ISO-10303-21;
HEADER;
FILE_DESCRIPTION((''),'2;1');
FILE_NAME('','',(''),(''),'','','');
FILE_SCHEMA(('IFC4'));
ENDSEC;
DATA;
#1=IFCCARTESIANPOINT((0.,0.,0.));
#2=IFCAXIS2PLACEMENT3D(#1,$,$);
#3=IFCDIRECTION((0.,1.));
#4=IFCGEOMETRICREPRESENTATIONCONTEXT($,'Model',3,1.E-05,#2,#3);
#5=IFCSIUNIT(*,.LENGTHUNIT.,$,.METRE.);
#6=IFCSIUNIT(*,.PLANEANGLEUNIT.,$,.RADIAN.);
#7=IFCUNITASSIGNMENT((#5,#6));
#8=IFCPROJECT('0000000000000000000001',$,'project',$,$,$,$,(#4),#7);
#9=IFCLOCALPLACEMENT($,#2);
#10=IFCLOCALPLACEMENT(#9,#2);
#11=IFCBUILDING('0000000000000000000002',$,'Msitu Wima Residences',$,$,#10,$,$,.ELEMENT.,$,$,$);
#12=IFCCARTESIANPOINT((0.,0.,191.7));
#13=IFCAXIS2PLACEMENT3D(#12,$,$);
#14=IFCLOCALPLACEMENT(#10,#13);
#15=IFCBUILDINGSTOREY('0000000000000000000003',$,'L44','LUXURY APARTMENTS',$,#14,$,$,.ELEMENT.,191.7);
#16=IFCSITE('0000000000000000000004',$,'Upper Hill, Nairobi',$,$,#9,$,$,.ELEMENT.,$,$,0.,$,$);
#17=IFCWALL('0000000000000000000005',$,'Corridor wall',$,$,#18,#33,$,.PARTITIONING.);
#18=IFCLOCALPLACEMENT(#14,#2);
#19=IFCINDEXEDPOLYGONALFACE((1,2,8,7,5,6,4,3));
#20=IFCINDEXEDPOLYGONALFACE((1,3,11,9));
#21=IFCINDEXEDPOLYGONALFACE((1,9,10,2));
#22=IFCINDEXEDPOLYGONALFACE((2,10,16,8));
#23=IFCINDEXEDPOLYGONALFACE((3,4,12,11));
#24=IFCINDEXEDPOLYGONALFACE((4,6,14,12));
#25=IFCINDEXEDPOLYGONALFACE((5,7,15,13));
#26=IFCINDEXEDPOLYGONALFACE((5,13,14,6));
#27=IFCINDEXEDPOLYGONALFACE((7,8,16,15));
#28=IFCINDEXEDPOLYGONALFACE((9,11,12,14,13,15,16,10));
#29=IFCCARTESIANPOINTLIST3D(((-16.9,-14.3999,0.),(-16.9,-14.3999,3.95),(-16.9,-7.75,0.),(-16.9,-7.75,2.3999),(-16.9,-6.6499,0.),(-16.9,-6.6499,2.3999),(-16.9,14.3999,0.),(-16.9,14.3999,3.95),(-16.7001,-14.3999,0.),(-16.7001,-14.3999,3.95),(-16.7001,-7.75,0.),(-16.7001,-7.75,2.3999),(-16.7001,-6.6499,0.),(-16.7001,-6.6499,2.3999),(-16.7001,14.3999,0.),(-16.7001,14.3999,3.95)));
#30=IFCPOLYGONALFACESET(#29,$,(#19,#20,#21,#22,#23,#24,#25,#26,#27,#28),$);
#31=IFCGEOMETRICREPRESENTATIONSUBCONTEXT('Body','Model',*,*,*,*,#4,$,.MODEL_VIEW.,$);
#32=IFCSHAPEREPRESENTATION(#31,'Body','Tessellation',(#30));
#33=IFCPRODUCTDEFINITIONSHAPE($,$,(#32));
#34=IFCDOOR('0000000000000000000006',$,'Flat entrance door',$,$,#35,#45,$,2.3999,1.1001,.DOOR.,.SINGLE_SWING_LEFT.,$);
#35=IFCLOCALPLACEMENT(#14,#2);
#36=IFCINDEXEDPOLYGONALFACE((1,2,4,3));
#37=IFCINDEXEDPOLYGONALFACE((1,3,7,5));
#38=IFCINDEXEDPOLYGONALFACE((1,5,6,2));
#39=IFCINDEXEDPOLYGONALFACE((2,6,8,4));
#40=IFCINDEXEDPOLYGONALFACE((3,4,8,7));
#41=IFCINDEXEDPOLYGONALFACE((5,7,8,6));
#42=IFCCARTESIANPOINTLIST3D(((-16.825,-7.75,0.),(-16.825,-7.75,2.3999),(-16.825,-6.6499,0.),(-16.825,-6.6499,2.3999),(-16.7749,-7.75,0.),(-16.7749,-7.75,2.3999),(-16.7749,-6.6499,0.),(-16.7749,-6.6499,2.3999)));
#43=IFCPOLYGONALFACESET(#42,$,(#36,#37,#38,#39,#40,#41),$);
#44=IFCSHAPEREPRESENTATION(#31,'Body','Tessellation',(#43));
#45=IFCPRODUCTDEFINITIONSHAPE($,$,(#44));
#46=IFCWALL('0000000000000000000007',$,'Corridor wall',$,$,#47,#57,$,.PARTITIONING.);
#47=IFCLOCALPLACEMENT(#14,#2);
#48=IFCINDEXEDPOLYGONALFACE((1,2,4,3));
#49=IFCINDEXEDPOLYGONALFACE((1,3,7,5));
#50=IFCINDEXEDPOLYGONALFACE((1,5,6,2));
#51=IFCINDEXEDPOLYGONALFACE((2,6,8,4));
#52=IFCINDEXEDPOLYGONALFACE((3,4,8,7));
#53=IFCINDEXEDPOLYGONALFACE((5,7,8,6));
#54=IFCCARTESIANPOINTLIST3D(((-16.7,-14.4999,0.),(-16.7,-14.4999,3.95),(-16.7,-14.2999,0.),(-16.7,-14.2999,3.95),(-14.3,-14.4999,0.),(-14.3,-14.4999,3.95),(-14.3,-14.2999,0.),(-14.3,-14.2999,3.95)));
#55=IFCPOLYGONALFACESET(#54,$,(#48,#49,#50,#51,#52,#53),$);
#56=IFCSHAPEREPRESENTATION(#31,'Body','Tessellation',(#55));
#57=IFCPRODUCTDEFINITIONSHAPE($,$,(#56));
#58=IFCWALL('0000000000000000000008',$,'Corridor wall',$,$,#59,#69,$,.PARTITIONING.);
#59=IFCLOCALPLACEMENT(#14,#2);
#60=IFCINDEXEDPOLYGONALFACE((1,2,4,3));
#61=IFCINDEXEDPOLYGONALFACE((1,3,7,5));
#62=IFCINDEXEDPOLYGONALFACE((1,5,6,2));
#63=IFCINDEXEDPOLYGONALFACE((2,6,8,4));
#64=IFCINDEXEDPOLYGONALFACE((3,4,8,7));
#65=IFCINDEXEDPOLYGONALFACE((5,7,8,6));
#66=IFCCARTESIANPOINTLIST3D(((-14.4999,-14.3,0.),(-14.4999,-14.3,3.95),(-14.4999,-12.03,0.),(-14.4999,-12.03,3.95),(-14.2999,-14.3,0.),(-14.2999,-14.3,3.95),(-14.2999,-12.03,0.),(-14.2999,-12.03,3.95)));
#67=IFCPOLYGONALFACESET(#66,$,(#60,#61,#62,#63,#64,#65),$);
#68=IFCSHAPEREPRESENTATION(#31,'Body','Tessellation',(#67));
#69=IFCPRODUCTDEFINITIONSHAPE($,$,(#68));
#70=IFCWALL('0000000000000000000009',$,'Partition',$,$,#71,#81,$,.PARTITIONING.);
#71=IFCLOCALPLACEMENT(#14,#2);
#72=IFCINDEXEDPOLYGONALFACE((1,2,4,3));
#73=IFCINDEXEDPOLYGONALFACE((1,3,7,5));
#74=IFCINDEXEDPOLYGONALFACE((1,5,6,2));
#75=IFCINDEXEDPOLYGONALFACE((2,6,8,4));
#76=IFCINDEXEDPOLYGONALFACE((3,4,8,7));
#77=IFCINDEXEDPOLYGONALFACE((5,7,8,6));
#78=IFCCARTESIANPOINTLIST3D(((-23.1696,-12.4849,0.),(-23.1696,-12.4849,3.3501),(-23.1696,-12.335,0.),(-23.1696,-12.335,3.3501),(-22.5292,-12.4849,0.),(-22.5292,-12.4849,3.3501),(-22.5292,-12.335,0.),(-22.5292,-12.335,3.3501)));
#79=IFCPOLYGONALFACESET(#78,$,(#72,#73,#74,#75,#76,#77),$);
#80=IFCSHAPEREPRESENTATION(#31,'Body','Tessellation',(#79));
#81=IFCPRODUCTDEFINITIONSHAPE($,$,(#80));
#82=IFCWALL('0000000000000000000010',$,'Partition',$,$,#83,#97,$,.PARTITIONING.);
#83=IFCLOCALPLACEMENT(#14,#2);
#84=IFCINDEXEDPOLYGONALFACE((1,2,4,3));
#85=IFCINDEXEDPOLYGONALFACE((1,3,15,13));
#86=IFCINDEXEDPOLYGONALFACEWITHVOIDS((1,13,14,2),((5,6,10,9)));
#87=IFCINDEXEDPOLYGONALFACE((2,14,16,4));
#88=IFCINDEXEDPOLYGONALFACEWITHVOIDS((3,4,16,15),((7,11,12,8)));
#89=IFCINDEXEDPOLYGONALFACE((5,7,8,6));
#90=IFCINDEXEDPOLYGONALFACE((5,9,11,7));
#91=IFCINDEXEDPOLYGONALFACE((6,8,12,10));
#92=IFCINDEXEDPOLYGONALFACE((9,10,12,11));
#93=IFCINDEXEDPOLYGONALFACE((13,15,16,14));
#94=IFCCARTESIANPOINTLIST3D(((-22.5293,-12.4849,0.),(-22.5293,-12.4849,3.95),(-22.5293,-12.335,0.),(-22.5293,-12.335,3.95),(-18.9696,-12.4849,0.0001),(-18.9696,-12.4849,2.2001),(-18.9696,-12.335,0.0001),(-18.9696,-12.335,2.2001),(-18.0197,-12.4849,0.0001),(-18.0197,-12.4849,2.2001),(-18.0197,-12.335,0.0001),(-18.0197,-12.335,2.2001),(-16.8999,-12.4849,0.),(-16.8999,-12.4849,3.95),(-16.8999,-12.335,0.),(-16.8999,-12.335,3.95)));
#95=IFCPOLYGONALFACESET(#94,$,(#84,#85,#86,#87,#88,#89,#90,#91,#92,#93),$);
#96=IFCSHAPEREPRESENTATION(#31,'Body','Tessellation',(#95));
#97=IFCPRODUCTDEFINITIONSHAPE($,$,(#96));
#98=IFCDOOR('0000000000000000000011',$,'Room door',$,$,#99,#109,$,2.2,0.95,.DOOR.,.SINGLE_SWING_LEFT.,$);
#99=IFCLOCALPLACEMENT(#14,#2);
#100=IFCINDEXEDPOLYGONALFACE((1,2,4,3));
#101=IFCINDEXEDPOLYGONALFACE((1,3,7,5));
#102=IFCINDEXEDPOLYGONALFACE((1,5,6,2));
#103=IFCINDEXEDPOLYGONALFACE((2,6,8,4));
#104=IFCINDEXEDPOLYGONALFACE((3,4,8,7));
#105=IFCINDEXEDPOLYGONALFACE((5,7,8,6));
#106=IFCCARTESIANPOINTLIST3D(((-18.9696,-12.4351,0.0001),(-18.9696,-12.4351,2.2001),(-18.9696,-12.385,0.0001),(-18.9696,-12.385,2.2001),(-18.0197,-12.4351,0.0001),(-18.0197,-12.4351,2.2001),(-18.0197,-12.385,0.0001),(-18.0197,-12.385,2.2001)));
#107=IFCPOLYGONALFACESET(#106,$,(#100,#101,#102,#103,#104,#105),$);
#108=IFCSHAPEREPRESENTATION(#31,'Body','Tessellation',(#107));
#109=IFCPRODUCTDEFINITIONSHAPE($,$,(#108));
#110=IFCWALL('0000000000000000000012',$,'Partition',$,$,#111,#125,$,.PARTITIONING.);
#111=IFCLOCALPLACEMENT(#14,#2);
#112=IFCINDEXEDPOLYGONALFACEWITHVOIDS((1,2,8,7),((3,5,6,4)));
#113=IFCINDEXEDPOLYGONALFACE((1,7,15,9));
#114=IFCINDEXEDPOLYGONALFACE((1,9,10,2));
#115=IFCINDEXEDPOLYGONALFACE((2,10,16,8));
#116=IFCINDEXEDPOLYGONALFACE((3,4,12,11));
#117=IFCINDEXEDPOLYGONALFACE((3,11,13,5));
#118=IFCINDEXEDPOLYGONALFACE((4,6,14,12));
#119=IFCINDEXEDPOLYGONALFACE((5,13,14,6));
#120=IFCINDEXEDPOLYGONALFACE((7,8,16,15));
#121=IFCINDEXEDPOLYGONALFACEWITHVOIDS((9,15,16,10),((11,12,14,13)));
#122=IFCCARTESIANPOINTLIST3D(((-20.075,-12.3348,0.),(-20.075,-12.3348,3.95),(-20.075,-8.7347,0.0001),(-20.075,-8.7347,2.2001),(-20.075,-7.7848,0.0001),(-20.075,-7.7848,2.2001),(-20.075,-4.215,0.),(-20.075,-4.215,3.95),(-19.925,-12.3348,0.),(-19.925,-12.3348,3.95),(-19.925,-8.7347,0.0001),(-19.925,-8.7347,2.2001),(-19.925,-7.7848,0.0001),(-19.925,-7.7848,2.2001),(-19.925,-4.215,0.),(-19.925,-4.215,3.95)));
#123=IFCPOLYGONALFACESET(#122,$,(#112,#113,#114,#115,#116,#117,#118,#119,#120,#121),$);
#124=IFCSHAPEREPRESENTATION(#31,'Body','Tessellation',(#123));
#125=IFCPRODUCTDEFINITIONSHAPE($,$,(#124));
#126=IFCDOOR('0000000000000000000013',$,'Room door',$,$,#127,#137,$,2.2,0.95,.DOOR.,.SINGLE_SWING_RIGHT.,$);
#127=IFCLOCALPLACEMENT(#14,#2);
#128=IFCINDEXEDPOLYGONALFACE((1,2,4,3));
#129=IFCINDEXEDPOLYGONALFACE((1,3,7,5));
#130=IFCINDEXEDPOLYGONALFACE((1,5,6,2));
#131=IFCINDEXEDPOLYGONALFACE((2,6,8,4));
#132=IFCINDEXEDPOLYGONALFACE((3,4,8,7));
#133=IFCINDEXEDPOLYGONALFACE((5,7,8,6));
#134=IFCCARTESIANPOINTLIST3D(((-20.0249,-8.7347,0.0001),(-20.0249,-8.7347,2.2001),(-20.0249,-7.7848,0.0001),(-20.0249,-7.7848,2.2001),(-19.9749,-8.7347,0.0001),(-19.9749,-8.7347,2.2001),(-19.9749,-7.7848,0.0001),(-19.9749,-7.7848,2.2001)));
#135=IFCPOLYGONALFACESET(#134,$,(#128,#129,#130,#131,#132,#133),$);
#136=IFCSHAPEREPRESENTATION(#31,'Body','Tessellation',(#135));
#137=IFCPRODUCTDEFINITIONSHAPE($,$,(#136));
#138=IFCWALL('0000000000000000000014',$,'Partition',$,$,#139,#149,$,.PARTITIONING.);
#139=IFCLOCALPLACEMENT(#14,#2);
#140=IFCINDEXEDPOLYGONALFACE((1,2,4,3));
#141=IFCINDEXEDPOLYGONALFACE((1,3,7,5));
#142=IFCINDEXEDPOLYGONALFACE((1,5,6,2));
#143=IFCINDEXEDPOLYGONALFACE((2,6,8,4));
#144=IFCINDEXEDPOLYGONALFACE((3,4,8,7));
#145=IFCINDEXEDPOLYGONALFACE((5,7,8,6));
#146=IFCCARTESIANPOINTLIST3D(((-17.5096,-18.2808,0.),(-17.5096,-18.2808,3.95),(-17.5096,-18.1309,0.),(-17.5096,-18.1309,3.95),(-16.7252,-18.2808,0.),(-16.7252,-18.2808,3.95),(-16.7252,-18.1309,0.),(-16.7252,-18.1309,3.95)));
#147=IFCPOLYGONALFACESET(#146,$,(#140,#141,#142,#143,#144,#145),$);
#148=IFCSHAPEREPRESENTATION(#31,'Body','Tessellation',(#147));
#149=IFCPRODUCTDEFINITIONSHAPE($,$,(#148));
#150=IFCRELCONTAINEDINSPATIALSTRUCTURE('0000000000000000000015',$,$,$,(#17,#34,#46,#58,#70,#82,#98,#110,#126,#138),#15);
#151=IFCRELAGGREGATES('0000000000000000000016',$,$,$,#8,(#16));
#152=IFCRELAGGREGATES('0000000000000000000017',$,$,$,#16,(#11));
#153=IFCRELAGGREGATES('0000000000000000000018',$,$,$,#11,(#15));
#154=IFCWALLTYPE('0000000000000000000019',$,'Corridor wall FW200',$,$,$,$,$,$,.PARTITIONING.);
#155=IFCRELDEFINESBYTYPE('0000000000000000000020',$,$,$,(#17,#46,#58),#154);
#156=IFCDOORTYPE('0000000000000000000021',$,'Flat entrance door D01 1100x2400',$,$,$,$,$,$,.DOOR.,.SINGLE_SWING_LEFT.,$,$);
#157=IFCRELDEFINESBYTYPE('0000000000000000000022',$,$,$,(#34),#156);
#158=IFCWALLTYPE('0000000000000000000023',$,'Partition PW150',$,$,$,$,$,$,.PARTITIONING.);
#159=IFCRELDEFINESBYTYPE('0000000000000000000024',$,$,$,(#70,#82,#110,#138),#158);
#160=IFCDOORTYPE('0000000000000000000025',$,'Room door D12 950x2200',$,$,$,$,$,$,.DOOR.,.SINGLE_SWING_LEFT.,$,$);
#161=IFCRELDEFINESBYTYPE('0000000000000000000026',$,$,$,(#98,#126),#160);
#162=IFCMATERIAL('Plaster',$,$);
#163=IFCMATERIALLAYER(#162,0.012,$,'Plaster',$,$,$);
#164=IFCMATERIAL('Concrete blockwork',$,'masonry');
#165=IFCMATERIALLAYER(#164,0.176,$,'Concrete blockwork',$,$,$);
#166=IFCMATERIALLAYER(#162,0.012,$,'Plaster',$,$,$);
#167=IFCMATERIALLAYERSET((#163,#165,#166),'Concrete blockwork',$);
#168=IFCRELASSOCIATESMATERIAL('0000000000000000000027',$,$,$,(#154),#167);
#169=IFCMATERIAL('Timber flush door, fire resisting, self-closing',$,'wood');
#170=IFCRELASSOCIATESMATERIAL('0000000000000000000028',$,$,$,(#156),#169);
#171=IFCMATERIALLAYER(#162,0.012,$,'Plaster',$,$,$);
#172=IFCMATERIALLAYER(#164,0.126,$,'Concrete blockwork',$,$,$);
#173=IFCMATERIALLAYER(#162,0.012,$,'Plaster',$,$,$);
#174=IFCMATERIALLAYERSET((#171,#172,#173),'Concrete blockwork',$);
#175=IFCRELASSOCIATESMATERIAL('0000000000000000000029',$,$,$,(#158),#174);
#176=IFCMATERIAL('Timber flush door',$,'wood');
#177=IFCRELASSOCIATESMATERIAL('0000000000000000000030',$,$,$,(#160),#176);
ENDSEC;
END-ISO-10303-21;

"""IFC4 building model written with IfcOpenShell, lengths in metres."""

from ifc_helpers import new_model, si_unit, direction, frame, frame_2d, origin, place, context, subcontext, project, spatial, rectangle, extrude, material, layer, layer_set, type_object, element, fill, save


model = new_model("IFC4")

# Units and contexts
model_context = context("Model", 3, precision=1e-05, world=origin(), true_north=direction((0.0, 1.0)))
body_context = subcontext(model_context, "Body", "Model", "MODEL_VIEW")
ifc_project = project(units=[si_unit("LENGTHUNIT", "METRE"), si_unit("PLANEANGLEUNIT", "RADIAN")], contexts=[model_context])

# Site, building, storey
site_placement = place(None, origin())
site = spatial("IfcSite", under=ifc_project, at=site_placement, Name="Upper Hill, Nairobi", CompositionType="ELEMENT", RefElevation=0.0)
building_placement = place(site_placement, origin())
building = spatial("IfcBuilding", under=site, at=building_placement, Name="Msitu Wima Residences", CompositionType="ELEMENT")
storey_placement = place(building_placement, frame((0.0, 0.0, 191.7)))
storey = spatial("IfcBuildingStorey", under=building, at=storey_placement, Name="L44", Description="LUXURY APARTMENTS", CompositionType="ELEMENT", Elevation=191.7)

# Wall, opening, door
ifc_material_1 = material(Name="Plaster")
ifc_layer_1 = layer(ifc_material_1, 0.012, Name="Plaster")
ifc_material_2 = material(Name="Concrete blockwork", Category="masonry")
ifc_layer_2 = layer(ifc_material_2, 0.176, Name="Concrete blockwork")
ifc_layer_3 = layer(ifc_material_1, 0.012, Name="Plaster")
ifc_layer_set_1 = layer_set([ifc_layer_1, ifc_layer_2, ifc_layer_3], Name="Concrete blockwork")
wall_type_1 = type_object("IfcWallType", Name="Corridor wall FW200", PredefinedType="PARTITIONING", material=ifc_layer_set_1)
wall_1_placement = place(storey_placement, frame((-16.8, -14.3999, 0.0), z_axis=(0.0, 0.0, 1.0), x_axis=(0.0, 1.0, 0.0)))
wall_1 = element("IfcWall", 1, at=wall_1_placement, inside=storey, type_object=wall_type_1, Name="Corridor wall", PredefinedType="PARTITIONING", context=body_context, shape_type="SweptSolid", body=[
    extrude(rectangle(XDim=28.7998, YDim=0.2, at=frame_2d((14.3999, 0.0))), origin(), (0.0, 0.0, 1.0), 3.95),
])
opening_1_placement = place(wall_1_placement, frame((6.6499, 0.0, 0.0)))
opening_1 = element("IfcOpeningElement", 2, at=opening_1_placement, cuts=wall_1, PredefinedType="OPENING", context=body_context, shape_type="SweptSolid", body=[
    extrude(rectangle(XDim=1.1001, YDim=2.3999, at=frame_2d((0.55, 1.2))), frame((0.0, 0.1099, 0.0), z_axis=(0.0, -1.0, 0.0), x_axis=(1.0, 0.0, 0.0)), (0.0, 0.0, 1.0), 0.22),
])
ifc_material_3 = material(Name="Timber flush door, fire resisting, self-closing", Category="wood")
door_type_1 = type_object("IfcDoorType", Name="Flat entrance door D01 1100x2400", OperationType="SINGLE_SWING_LEFT", PredefinedType="DOOR", material=ifc_material_3)
door_1_placement = place(opening_1_placement, origin())
door_1 = element("IfcDoor", 3, at=door_1_placement, inside=storey, type_object=door_type_1, Name="Flat entrance door", OperationType="SINGLE_SWING_LEFT", OverallHeight=2.3999, OverallWidth=1.1001, PredefinedType="DOOR", context=body_context, shape_type="SweptSolid", body=[
    extrude(rectangle(XDim=1.1001, YDim=2.3999, at=frame_2d((0.55, 1.2))), frame((0.0, 0.0249, 0.0), z_axis=(0.0, -1.0, 0.0), x_axis=(1.0, 0.0, 0.0)), (0.0, 0.0, 1.0), 0.05),
])
fill(opening_1, door_1)

# Walls
wall_2_placement = place(storey_placement, frame((-16.7, -14.3999, 0.0), z_axis=(0.0, 0.0, 1.0), x_axis=(1.0, 0.0, 0.0)))
element("IfcWall", 4, at=wall_2_placement, inside=storey, type_object=wall_type_1, Name="Corridor wall", PredefinedType="PARTITIONING", context=body_context, shape_type="SweptSolid", body=[
    extrude(rectangle(XDim=2.3999, YDim=0.2, at=frame_2d((1.2, 0.0))), origin(), (0.0, 0.0, 1.0), 3.95),
])
wall_3_placement = place(storey_placement, frame((-14.3999, -14.3, 0.0), z_axis=(0.0, 0.0, 1.0), x_axis=(0.0, 1.0, 0.0)))
element("IfcWall", 5, at=wall_3_placement, inside=storey, type_object=wall_type_1, Name="Corridor wall", PredefinedType="PARTITIONING", context=body_context, shape_type="SweptSolid", body=[
    extrude(rectangle(XDim=2.27, YDim=0.2, at=frame_2d((1.135, 0.0))), origin(), (0.0, 0.0, 1.0), 3.95),
])
ifc_layer_4 = layer(ifc_material_1, 0.012, Name="Plaster")
ifc_layer_5 = layer(ifc_material_2, 0.126, Name="Concrete blockwork")
ifc_layer_6 = layer(ifc_material_1, 0.012, Name="Plaster")
ifc_layer_set_2 = layer_set([ifc_layer_4, ifc_layer_5, ifc_layer_6], Name="Concrete blockwork")
wall_type_2 = type_object("IfcWallType", Name="Partition PW150", PredefinedType="PARTITIONING", material=ifc_layer_set_2)
wall_4_placement = place(storey_placement, frame((-23.1697, -12.4099, 0.0), z_axis=(0.0, 0.0, 1.0), x_axis=(1.0, 0.0, 0.0)))
element("IfcWall", 6, at=wall_4_placement, inside=storey, type_object=wall_type_2, Name="Partition", PredefinedType="PARTITIONING", context=body_context, shape_type="SweptSolid", body=[
    extrude(rectangle(XDim=0.6404, YDim=0.1499, at=frame_2d((0.3203, 0.0))), origin(), (0.0, 0.0, 1.0), 3.3501),
])

# Walls, openings, doors
wall_5_placement = place(storey_placement, frame((-22.5293, -12.4099, 0.0), z_axis=(0.0, 0.0, 1.0), x_axis=(1.0, 0.0, 0.0)))
wall_5 = element("IfcWall", 7, at=wall_5_placement, inside=storey, type_object=wall_type_2, Name="Partition", PredefinedType="PARTITIONING", context=body_context, shape_type="SweptSolid", body=[
    extrude(rectangle(XDim=5.6294, YDim=0.1499, at=frame_2d((2.8147, 0.0))), origin(), (0.0, 0.0, 1.0), 3.95),
])
opening_2_placement = place(wall_5_placement, frame((3.5596, 0.0, 0.0)))
opening_2 = element("IfcOpeningElement", 8, at=opening_2_placement, cuts=wall_5, PredefinedType="OPENING", context=body_context, shape_type="SweptSolid", body=[
    extrude(rectangle(XDim=0.95, YDim=2.2, at=frame_2d((0.4751, 1.1001))), frame((0.0, 0.085, 0.0), z_axis=(0.0, -1.0, 0.0), x_axis=(1.0, 0.0, 0.0)), (0.0, 0.0, 1.0), 0.1699),
])
ifc_material_4 = material(Name="Timber flush door", Category="wood")
door_type_2 = type_object("IfcDoorType", Name="Room door D12 950x2200", OperationType="SINGLE_SWING_LEFT", PredefinedType="DOOR", material=ifc_material_4)
door_2_placement = place(opening_2_placement, origin())
door_2 = element("IfcDoor", 9, at=door_2_placement, inside=storey, type_object=door_type_2, Name="Room door", OperationType="SINGLE_SWING_LEFT", OverallHeight=2.2, OverallWidth=0.95, PredefinedType="DOOR", context=body_context, shape_type="SweptSolid", body=[
    extrude(rectangle(XDim=0.95, YDim=2.2, at=frame_2d((0.4751, 1.1001))), frame((0.0, 0.0249, 0.0), z_axis=(0.0, -1.0, 0.0), x_axis=(1.0, 0.0, 0.0)), (0.0, 0.0, 1.0), 0.05),
])
fill(opening_2, door_2)
wall_6_placement = place(storey_placement, frame((-20.0, -12.335, 0.0), z_axis=(0.0, 0.0, 1.0), x_axis=(0.0, 1.0, 0.0)))
wall_6 = element("IfcWall", 10, at=wall_6_placement, inside=storey, type_object=wall_type_2, Name="Partition", PredefinedType="PARTITIONING", context=body_context, shape_type="SweptSolid", body=[
    extrude(rectangle(XDim=8.1199, YDim=0.1499, at=frame_2d((4.0601, 0.0))), origin(), (0.0, 0.0, 1.0), 3.95),
])
opening_3_placement = place(wall_6_placement, frame((3.6001, 0.0, 0.0)))
opening_3 = element("IfcOpeningElement", 11, at=opening_3_placement, cuts=wall_6, PredefinedType="OPENING", context=body_context, shape_type="SweptSolid", body=[
    extrude(rectangle(XDim=0.95, YDim=2.2, at=frame_2d((0.4751, 1.1001))), frame((0.0, 0.085, 0.0), z_axis=(0.0, -1.0, 0.0), x_axis=(1.0, 0.0, 0.0)), (0.0, 0.0, 1.0), 0.1699),
])
door_3_placement = place(opening_3_placement, origin())
door_3 = element("IfcDoor", 12, at=door_3_placement, inside=storey, type_object=door_type_2, Name="Room door", OperationType="SINGLE_SWING_RIGHT", OverallHeight=2.2, OverallWidth=0.95, PredefinedType="DOOR", context=body_context, shape_type="SweptSolid", body=[
    extrude(rectangle(XDim=0.95, YDim=2.2, at=frame_2d((0.4751, 1.1001))), frame((0.0, 0.0249, 0.0), z_axis=(0.0, -1.0, 0.0), x_axis=(1.0, 0.0, 0.0)), (0.0, 0.0, 1.0), 0.05),
])
fill(opening_3, door_3)

# Wall
wall_7_placement = place(storey_placement, frame((-17.5095, -18.2058, 0.0), z_axis=(0.0, 0.0, 1.0), x_axis=(1.0, 0.0, 0.0)))
element("IfcWall", 13, at=wall_7_placement, inside=storey, type_object=wall_type_2, Name="Partition", PredefinedType="PARTITIONING", context=body_context, shape_type="SweptSolid", body=[
    extrude(rectangle(XDim=0.7844, YDim=0.1499, at=frame_2d((0.3921, 0.0))), origin(), (0.0, 0.0, 1.0), 3.95),
])

save(model, "model.ifc")
